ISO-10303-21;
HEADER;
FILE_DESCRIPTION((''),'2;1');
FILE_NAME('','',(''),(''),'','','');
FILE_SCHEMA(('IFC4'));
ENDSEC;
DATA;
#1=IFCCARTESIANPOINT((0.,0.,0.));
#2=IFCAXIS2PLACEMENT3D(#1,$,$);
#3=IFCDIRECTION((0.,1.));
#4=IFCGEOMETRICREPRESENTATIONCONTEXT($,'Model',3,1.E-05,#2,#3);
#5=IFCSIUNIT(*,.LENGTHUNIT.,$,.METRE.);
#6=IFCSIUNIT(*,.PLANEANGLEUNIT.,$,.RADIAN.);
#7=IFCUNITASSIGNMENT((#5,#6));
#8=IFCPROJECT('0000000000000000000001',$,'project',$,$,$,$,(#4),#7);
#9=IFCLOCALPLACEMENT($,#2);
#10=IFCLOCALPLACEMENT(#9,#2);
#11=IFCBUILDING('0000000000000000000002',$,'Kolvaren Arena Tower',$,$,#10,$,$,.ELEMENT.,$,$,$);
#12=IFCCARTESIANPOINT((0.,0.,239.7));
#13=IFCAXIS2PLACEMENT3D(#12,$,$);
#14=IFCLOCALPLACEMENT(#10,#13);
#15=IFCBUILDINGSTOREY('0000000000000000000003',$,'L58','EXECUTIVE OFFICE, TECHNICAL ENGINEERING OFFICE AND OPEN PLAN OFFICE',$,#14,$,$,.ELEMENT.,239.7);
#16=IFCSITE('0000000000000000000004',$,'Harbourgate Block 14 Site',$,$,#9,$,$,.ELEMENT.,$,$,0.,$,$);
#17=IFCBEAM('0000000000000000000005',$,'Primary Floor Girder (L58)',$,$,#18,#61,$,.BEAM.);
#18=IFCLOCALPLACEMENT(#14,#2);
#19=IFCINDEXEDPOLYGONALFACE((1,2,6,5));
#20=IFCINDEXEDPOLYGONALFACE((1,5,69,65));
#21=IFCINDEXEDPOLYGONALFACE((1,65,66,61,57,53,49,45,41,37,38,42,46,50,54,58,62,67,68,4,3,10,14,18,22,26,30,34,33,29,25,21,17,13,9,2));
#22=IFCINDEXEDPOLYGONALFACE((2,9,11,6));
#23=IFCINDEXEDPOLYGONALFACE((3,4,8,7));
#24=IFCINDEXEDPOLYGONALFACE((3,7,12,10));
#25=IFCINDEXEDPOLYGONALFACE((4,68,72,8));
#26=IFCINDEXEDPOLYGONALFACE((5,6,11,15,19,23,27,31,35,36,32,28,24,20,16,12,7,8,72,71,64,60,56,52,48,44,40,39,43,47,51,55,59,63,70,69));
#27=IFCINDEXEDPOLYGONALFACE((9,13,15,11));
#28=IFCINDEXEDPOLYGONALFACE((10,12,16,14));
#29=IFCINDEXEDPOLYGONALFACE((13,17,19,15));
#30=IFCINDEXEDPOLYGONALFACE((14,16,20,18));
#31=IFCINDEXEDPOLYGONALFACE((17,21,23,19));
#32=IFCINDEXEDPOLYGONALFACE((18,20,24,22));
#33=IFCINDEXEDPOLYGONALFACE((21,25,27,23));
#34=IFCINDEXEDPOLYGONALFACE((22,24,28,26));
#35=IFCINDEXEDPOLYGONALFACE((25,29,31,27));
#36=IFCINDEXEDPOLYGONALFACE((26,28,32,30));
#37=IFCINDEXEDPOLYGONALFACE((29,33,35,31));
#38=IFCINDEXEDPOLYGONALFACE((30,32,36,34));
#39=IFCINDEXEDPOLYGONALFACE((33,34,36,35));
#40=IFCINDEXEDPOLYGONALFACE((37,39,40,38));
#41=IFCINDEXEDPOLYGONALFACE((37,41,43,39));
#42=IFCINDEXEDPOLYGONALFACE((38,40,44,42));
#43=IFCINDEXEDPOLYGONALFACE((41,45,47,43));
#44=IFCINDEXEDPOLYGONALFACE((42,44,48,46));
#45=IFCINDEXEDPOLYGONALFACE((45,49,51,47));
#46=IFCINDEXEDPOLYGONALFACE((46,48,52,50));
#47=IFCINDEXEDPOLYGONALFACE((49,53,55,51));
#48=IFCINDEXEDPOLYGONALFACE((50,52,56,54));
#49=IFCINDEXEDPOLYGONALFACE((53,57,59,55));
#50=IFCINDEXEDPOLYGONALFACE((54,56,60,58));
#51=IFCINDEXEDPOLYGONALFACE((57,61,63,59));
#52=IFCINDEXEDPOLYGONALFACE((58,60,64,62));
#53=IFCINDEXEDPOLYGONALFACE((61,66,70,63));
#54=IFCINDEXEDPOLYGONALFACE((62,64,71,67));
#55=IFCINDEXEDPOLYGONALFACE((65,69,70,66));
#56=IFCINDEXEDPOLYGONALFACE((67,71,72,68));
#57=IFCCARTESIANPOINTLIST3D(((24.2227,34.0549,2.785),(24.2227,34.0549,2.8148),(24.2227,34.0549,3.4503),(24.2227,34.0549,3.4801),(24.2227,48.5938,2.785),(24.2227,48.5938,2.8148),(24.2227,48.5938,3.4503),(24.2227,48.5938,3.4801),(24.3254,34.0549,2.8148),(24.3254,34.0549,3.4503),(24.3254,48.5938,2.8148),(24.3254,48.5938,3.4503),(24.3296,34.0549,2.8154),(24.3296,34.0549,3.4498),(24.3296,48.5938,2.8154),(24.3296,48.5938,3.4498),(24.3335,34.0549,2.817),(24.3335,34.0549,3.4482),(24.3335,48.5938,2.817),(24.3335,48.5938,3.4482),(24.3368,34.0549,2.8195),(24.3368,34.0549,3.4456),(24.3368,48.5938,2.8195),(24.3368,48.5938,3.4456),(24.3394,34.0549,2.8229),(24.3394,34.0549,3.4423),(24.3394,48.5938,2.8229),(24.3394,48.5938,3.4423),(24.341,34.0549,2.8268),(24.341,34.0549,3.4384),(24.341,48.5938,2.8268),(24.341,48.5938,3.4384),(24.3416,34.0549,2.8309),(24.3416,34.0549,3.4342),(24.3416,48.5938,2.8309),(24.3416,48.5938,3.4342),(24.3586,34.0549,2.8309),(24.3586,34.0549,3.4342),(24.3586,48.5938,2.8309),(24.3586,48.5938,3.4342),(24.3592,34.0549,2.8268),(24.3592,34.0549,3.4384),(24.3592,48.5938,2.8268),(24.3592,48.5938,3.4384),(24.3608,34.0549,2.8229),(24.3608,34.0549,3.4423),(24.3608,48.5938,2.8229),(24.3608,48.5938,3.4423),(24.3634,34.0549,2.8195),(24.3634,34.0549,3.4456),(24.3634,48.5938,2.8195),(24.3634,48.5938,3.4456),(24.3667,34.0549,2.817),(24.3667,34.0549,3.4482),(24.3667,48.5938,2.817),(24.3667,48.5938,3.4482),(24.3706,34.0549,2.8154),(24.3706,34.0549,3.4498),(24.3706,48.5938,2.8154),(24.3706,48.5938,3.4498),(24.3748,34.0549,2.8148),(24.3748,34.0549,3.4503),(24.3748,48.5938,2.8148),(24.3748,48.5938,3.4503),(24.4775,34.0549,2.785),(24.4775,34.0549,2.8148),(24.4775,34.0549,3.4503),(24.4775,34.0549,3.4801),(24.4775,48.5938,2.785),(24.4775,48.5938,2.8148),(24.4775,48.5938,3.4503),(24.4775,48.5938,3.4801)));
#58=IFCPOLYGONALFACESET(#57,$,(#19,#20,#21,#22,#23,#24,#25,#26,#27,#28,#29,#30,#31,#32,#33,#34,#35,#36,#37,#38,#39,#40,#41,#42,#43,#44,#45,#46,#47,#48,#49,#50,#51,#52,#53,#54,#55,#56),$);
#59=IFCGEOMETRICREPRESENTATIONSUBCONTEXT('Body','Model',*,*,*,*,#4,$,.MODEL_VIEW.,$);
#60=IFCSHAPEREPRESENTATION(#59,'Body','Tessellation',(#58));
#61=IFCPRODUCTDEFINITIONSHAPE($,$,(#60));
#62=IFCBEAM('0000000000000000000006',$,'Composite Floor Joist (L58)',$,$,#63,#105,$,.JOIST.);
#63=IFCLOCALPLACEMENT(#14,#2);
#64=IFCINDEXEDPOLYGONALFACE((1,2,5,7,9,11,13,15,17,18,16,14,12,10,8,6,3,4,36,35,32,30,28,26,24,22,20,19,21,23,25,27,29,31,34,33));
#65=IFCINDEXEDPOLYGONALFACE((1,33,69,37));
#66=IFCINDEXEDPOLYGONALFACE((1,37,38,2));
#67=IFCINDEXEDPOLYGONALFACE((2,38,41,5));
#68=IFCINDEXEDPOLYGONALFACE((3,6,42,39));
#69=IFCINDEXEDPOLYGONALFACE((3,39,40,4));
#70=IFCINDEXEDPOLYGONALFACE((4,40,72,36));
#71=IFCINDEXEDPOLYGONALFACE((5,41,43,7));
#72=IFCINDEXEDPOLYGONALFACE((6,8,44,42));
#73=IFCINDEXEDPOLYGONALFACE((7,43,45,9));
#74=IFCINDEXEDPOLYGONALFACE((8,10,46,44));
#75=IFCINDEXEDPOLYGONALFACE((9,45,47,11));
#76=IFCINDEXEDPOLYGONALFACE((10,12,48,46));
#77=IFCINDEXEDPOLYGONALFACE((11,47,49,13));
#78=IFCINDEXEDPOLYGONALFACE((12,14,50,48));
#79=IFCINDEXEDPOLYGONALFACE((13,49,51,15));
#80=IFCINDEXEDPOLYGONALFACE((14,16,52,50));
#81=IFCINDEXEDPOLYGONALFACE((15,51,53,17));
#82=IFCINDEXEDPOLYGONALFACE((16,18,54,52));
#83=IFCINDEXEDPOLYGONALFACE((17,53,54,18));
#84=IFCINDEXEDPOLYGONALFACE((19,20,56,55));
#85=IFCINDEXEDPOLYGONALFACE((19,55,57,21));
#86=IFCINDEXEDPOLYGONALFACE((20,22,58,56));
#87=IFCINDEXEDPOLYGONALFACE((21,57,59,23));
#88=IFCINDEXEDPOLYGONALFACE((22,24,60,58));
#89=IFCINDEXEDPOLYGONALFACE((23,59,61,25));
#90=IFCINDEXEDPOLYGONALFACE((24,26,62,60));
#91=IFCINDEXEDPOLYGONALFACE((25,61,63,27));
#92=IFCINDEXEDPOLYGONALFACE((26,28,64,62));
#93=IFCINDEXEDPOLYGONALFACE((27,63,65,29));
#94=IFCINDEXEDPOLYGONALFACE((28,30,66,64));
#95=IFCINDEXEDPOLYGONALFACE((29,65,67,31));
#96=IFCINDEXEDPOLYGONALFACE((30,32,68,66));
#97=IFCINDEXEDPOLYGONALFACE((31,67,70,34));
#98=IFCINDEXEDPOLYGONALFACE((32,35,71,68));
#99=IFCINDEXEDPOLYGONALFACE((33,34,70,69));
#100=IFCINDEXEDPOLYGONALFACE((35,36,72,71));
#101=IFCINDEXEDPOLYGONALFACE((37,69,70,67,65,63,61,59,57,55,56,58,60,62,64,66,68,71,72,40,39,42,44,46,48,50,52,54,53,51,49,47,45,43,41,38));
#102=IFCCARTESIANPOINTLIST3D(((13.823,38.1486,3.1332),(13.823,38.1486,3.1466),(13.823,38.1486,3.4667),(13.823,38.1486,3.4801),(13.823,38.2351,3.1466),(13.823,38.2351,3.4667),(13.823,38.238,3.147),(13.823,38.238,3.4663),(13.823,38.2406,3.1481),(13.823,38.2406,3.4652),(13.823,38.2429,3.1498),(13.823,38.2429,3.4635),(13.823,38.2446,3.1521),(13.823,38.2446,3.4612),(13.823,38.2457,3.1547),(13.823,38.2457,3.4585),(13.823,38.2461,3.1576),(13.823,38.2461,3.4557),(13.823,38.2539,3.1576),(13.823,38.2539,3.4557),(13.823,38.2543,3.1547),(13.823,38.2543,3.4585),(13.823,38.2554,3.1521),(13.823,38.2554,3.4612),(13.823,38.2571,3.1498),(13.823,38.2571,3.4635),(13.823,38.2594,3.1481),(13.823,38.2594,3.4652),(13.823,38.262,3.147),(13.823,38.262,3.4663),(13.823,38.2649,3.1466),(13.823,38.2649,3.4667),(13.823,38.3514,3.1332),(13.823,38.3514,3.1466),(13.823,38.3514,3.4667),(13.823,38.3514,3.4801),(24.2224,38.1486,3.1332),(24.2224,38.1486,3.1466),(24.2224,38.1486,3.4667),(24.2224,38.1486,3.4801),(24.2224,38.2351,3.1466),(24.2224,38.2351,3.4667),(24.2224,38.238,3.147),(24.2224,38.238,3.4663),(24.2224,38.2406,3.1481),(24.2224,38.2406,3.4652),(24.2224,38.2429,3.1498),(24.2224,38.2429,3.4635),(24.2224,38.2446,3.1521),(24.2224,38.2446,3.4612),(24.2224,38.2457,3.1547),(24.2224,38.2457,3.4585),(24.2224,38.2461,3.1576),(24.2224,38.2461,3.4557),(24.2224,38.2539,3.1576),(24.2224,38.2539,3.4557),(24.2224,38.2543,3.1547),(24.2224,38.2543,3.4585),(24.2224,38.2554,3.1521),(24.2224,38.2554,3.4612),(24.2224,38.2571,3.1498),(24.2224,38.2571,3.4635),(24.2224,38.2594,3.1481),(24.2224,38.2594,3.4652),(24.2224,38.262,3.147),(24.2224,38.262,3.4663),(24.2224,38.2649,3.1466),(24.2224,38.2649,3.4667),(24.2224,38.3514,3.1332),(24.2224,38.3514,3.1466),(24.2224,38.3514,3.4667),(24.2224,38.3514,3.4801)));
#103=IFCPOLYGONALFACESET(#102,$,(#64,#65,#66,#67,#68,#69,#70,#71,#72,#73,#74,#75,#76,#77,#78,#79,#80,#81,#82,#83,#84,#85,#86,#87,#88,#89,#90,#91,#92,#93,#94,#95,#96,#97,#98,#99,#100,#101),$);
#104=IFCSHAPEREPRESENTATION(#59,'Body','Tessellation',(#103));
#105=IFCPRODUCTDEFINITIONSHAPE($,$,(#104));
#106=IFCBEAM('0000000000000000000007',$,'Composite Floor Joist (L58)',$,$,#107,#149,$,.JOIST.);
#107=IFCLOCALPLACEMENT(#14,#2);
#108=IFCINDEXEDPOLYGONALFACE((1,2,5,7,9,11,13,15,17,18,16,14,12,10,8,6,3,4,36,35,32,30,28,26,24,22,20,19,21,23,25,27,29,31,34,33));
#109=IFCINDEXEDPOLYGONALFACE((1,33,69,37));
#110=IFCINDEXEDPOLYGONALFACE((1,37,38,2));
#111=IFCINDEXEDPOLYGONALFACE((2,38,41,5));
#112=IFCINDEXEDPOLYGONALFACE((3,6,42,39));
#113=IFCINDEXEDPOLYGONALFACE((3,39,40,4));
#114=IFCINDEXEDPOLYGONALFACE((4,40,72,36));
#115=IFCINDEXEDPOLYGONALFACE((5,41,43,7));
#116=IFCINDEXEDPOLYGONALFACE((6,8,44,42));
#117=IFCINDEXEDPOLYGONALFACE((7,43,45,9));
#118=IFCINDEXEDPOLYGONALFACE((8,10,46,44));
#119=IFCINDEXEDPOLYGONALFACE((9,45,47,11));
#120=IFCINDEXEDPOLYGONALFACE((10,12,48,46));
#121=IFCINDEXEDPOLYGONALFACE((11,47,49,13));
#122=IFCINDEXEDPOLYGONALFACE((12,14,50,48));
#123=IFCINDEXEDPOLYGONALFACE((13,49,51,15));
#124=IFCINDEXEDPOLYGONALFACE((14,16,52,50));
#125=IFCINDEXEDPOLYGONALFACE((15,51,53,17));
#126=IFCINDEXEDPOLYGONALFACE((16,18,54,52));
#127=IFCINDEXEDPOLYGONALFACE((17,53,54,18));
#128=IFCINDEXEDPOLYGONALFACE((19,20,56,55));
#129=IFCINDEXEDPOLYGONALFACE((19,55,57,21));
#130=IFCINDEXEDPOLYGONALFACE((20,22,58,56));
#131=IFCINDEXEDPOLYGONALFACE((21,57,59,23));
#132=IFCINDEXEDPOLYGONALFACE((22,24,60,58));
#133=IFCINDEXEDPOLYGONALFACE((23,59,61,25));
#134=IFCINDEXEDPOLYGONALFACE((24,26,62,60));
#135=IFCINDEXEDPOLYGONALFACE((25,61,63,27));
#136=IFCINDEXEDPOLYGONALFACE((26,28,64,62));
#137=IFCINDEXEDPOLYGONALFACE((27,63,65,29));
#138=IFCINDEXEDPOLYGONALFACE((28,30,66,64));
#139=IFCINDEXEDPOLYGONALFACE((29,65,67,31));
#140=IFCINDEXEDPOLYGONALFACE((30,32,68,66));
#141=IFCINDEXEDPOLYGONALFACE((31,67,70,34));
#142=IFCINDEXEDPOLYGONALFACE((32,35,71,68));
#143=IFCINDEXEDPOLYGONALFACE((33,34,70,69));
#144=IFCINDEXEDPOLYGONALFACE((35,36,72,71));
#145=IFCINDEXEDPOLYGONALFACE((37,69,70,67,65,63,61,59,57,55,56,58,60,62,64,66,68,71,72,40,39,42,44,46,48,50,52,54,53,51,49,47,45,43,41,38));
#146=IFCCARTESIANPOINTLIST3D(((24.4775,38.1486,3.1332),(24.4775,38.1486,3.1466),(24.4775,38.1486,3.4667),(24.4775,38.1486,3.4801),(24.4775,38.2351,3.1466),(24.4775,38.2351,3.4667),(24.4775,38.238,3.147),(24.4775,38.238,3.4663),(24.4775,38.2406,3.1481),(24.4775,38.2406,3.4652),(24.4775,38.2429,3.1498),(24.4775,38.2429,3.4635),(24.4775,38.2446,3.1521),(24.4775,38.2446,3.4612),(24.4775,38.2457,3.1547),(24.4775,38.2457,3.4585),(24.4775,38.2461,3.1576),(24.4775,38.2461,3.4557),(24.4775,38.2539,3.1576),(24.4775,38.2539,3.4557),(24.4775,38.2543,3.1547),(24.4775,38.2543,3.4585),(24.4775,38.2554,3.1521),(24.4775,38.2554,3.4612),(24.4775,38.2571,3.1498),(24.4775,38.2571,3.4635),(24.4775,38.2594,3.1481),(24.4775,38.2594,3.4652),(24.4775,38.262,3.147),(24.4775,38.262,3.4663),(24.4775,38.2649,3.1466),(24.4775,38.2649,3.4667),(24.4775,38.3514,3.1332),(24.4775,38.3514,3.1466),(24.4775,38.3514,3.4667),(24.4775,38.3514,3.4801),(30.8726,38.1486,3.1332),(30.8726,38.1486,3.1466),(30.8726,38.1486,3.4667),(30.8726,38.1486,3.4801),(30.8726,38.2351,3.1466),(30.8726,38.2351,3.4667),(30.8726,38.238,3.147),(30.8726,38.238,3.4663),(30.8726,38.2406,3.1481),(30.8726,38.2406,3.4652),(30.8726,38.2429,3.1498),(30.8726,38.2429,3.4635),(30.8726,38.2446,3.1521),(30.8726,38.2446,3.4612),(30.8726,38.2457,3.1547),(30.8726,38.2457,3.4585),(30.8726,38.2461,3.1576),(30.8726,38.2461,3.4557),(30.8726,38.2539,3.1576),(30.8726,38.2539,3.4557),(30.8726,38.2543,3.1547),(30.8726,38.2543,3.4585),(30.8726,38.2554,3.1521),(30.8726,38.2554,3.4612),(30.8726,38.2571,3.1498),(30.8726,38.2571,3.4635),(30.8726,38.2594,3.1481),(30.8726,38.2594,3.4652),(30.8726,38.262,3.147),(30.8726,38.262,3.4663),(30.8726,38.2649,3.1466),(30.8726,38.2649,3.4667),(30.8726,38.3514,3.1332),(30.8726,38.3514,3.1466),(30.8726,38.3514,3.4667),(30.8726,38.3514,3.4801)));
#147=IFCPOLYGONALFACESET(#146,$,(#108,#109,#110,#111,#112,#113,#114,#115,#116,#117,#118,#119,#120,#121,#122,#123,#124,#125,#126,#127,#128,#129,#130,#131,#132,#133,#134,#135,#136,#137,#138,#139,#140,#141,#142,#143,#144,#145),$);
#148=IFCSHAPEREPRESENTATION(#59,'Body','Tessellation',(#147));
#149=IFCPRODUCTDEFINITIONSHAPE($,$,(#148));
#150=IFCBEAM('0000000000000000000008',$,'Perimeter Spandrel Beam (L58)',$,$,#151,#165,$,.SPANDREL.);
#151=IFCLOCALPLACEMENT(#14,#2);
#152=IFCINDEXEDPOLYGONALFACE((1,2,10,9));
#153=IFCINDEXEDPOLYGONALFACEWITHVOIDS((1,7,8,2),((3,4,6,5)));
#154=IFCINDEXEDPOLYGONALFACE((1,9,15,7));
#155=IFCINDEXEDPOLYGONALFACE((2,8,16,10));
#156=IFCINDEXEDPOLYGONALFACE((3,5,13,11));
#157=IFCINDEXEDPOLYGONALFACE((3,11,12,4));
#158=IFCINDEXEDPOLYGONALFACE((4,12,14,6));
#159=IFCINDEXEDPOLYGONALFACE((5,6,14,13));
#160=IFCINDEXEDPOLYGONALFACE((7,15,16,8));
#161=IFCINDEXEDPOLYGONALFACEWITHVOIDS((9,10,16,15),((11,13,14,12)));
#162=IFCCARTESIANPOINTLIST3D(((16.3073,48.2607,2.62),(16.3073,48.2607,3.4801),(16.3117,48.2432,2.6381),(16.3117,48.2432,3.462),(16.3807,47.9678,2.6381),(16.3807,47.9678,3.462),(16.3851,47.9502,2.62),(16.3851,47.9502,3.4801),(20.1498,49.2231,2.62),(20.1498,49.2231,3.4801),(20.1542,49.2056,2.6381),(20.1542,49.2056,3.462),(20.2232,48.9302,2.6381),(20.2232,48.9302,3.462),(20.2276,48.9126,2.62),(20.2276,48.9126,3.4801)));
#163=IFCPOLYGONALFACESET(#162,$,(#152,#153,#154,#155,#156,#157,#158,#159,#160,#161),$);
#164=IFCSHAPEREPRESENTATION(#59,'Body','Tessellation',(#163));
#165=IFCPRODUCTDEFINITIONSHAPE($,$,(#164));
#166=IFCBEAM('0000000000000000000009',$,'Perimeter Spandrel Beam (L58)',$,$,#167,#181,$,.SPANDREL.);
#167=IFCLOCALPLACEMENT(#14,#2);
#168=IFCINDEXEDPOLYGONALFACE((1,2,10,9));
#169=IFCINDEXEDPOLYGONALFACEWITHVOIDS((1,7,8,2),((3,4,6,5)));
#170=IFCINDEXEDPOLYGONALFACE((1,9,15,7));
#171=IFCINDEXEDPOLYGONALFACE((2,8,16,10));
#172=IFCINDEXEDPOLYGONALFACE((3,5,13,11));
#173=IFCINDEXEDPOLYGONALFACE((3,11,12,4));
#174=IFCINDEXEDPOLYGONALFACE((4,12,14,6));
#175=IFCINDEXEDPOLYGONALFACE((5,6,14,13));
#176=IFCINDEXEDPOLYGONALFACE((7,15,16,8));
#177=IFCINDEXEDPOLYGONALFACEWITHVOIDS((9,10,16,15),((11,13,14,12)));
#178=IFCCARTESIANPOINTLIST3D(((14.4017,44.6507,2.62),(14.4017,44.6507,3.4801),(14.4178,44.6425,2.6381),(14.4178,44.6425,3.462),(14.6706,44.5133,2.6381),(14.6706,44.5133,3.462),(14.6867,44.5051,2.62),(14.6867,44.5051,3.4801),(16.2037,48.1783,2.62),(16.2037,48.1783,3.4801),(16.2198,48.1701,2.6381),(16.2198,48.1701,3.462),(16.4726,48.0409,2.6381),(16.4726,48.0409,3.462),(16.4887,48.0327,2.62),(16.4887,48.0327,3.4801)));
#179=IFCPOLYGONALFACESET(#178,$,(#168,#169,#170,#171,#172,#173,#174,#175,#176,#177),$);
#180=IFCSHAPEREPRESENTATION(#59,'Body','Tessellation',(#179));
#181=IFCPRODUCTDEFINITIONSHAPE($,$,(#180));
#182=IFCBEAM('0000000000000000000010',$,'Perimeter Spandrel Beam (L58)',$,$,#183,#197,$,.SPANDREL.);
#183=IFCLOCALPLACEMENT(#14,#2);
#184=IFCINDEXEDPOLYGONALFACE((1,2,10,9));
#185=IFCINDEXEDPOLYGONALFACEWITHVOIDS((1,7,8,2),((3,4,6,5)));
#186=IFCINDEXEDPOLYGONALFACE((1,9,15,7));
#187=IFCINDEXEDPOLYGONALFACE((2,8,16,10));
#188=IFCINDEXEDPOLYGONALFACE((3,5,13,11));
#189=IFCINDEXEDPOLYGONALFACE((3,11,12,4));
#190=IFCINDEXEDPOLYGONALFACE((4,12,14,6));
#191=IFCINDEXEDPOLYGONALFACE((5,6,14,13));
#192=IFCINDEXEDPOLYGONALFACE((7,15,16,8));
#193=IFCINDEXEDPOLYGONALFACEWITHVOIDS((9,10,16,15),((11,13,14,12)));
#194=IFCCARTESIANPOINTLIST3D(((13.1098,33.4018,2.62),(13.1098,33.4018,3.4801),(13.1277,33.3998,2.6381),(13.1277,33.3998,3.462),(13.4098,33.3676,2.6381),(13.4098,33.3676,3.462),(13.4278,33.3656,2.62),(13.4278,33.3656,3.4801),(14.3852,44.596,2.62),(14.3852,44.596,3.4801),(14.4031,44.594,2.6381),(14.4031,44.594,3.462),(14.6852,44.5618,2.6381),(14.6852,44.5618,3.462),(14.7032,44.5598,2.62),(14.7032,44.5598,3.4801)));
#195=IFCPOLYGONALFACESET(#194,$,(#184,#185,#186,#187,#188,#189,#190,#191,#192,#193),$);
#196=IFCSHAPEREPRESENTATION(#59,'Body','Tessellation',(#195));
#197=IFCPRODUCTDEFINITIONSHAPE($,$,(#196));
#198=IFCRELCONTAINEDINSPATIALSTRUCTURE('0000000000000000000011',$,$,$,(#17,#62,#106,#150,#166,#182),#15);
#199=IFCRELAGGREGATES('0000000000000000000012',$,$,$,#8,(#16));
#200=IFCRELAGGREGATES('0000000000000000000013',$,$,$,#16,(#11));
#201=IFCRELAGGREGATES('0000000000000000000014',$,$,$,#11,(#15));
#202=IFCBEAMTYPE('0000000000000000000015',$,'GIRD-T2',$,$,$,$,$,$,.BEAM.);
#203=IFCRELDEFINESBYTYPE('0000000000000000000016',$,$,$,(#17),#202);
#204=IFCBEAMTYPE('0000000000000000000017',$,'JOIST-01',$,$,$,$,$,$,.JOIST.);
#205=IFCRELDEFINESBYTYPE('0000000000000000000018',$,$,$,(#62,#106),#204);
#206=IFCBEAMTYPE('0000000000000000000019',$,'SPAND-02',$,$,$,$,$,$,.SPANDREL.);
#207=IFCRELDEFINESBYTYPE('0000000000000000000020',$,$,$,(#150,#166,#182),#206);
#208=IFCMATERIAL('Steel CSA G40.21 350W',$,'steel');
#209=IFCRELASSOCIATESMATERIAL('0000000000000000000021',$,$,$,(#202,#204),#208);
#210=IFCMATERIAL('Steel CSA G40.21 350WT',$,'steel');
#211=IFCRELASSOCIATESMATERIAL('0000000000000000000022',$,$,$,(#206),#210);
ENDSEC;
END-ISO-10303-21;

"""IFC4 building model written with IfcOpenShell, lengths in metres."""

from ifc_helpers import new_model, si_unit, direction, frame, origin, origin_2d, place, context, subcontext, project, spatial, hollow_rectangle, i_section, extrude, material, material_profile, profile_set, type_object, element, save


model = new_model("IFC4")

# Units and contexts
model_context = context("Model", 3, precision=1e-05, world=origin(), true_north=direction((0.0, 1.0)))
body_context = subcontext(model_context, "Body", "Model", "MODEL_VIEW")
ifc_project = project(units=[si_unit("LENGTHUNIT", "METRE"), si_unit("PLANEANGLEUNIT", "RADIAN")], contexts=[model_context])

# Site, building, storey
site_placement = place(None, origin())
site = spatial("IfcSite", under=ifc_project, at=site_placement, Name="Harbourgate Block 14 Site", CompositionType="ELEMENT", RefElevation=0.0)
building_placement = place(site_placement, origin())
building = spatial("IfcBuilding", under=site, at=building_placement, Name="Kolvaren Arena Tower", CompositionType="ELEMENT")
storey_placement = place(building_placement, frame((0.0, 0.0, 239.7)))
storey = spatial("IfcBuildingStorey", under=building, at=storey_placement, Name="L58", Description="EXECUTIVE OFFICE, TECHNICAL ENGINEERING OFFICE AND OPEN PLAN OFFICE", CompositionType="ELEMENT", Elevation=239.7)

# Beams
ifc_material_1 = material(Name="Steel CSA G40.21 350W", Category="steel")
ifc_material_profile_1 = material_profile(ifc_material_1, i_section(OverallWidth=0.2549, OverallDepth=0.6951, WebThickness=0.0171, FlangeThickness=0.0298, FilletRadius=0.0161, at=origin_2d()), Name="W690x217")
ifc_profile_set_1 = profile_set([ifc_material_profile_1], Name="Steel CSA G40.21 350W")
beam_type_1 = type_object("IfcBeamType", Name="GIRD-T2", PredefinedType="BEAM", material=ifc_profile_set_1)
beam_1_placement = place(storey_placement, frame((24.3501, 34.0549, 3.1326), z_axis=(0.0, 1.0, 0.0), x_axis=(-1.0, 0.0, 0.0)))
element("IfcBeam", 1, at=beam_1_placement, inside=storey, type_object=beam_type_1, Name="Primary Floor Girder (L58)", PredefinedType="BEAM", context=body_context, shape_type="SweptSolid", body=[
    extrude(i_section(OverallWidth=0.2549, OverallDepth=0.6951, WebThickness=0.0171, FlangeThickness=0.0298, FilletRadius=0.0161, at=origin_2d()), origin(), (0.0, 0.0, 1.0), 14.5388),
])
ifc_material_profile_2 = material_profile(ifc_material_1, i_section(OverallWidth=0.2029, OverallDepth=0.3469, WebThickness=0.0078, FlangeThickness=0.0134, FilletRadius=0.011, at=origin_2d()), Name="W360x64")
ifc_profile_set_2 = profile_set([ifc_material_profile_2], Name="Steel CSA G40.21 350W")
beam_type_2 = type_object("IfcBeamType", Name="JOIST-01", PredefinedType="JOIST", material=ifc_profile_set_2)
beam_2_placement = place(storey_placement, frame((13.823, 38.25, 3.3066), z_axis=(1.0, 0.0, 0.0), x_axis=(0.0, 1.0, 0.0)))
element("IfcBeam", 2, at=beam_2_placement, inside=storey, type_object=beam_type_2, Name="Composite Floor Joist (L58)", PredefinedType="JOIST", context=body_context, shape_type="SweptSolid", body=[
    extrude(i_section(OverallWidth=0.2029, OverallDepth=0.3469, WebThickness=0.0078, FlangeThickness=0.0134, FilletRadius=0.011, at=origin_2d()), origin(), (0.0, 0.0, 1.0), 10.3994),
])
beam_3_placement = place(storey_placement, frame((24.4775, 38.25, 3.3066), z_axis=(1.0, 0.0, 0.0), x_axis=(0.0, 1.0, 0.0)))
element("IfcBeam", 3, at=beam_3_placement, inside=storey, type_object=beam_type_2, Name="Composite Floor Joist (L58)", PredefinedType="JOIST", context=body_context, shape_type="SweptSolid", body=[
    extrude(i_section(OverallWidth=0.2029, OverallDepth=0.3469, WebThickness=0.0078, FlangeThickness=0.0134, FilletRadius=0.011, at=origin_2d()), origin(), (0.0, 0.0, 1.0), 6.395),
])
ifc_material_2 = material(Name="Steel CSA G40.21 350WT", Category="steel")
ifc_material_profile_3 = material_profile(ifc_material_2, hollow_rectangle(XDim=0.3201, YDim=0.8601, WallThickness=0.0181, at=origin_2d()), Name="HSS 860x320x18")
ifc_profile_set_3 = profile_set([ifc_material_profile_3], Name="Steel CSA G40.21 350WT")
beam_type_3 = type_object("IfcBeamType", Name="SPAND-02", PredefinedType="SPANDREL", material=ifc_profile_set_3)
for number, where, z_axis, x_axis, name in (
    (4, (20.1887, 49.0679, 3.05), (-0.970037, -0.242956, 0.0), (0.242956, -0.970037, 0.0), "Perimeter Spandrel Beam (L58)"),
    (5, (16.3462, 48.1055, 3.05), (-0.454913, -0.890536, 0.0), (0.890536, -0.454913, 0.0), "Perimeter Spandrel Beam (L58)"),
):
    element("IfcBeam", number, at=place(storey_placement, frame(where, z_axis=z_axis, x_axis=x_axis)), inside=storey, type_object=beam_type_3, Name=name, PredefinedType="SPANDREL", context=body_context, shape_type="SweptSolid", body=[
        extrude(hollow_rectangle(XDim=0.3201, YDim=0.8601, WallThickness=0.0181, at=origin_2d()), origin(), (0.0, 0.0, 1.0), 3.9612),
    ])
beam_4_placement = place(storey_placement, frame((14.5442, 44.5779, 3.05), z_axis=(-0.113202, -0.993572, 0.0), x_axis=(0.993572, -0.113202, 0.0)))
element("IfcBeam", 6, at=beam_4_placement, inside=storey, type_object=beam_type_3, Name="Perimeter Spandrel Beam (L58)", PredefinedType="SPANDREL", context=body_context, shape_type="SweptSolid", body=[
    extrude(hollow_rectangle(XDim=0.3201, YDim=0.8601, WallThickness=0.0181, at=origin_2d()), origin(), (0.0, 0.0, 1.0), 11.2666),
])

save(model, "model.ifc")
